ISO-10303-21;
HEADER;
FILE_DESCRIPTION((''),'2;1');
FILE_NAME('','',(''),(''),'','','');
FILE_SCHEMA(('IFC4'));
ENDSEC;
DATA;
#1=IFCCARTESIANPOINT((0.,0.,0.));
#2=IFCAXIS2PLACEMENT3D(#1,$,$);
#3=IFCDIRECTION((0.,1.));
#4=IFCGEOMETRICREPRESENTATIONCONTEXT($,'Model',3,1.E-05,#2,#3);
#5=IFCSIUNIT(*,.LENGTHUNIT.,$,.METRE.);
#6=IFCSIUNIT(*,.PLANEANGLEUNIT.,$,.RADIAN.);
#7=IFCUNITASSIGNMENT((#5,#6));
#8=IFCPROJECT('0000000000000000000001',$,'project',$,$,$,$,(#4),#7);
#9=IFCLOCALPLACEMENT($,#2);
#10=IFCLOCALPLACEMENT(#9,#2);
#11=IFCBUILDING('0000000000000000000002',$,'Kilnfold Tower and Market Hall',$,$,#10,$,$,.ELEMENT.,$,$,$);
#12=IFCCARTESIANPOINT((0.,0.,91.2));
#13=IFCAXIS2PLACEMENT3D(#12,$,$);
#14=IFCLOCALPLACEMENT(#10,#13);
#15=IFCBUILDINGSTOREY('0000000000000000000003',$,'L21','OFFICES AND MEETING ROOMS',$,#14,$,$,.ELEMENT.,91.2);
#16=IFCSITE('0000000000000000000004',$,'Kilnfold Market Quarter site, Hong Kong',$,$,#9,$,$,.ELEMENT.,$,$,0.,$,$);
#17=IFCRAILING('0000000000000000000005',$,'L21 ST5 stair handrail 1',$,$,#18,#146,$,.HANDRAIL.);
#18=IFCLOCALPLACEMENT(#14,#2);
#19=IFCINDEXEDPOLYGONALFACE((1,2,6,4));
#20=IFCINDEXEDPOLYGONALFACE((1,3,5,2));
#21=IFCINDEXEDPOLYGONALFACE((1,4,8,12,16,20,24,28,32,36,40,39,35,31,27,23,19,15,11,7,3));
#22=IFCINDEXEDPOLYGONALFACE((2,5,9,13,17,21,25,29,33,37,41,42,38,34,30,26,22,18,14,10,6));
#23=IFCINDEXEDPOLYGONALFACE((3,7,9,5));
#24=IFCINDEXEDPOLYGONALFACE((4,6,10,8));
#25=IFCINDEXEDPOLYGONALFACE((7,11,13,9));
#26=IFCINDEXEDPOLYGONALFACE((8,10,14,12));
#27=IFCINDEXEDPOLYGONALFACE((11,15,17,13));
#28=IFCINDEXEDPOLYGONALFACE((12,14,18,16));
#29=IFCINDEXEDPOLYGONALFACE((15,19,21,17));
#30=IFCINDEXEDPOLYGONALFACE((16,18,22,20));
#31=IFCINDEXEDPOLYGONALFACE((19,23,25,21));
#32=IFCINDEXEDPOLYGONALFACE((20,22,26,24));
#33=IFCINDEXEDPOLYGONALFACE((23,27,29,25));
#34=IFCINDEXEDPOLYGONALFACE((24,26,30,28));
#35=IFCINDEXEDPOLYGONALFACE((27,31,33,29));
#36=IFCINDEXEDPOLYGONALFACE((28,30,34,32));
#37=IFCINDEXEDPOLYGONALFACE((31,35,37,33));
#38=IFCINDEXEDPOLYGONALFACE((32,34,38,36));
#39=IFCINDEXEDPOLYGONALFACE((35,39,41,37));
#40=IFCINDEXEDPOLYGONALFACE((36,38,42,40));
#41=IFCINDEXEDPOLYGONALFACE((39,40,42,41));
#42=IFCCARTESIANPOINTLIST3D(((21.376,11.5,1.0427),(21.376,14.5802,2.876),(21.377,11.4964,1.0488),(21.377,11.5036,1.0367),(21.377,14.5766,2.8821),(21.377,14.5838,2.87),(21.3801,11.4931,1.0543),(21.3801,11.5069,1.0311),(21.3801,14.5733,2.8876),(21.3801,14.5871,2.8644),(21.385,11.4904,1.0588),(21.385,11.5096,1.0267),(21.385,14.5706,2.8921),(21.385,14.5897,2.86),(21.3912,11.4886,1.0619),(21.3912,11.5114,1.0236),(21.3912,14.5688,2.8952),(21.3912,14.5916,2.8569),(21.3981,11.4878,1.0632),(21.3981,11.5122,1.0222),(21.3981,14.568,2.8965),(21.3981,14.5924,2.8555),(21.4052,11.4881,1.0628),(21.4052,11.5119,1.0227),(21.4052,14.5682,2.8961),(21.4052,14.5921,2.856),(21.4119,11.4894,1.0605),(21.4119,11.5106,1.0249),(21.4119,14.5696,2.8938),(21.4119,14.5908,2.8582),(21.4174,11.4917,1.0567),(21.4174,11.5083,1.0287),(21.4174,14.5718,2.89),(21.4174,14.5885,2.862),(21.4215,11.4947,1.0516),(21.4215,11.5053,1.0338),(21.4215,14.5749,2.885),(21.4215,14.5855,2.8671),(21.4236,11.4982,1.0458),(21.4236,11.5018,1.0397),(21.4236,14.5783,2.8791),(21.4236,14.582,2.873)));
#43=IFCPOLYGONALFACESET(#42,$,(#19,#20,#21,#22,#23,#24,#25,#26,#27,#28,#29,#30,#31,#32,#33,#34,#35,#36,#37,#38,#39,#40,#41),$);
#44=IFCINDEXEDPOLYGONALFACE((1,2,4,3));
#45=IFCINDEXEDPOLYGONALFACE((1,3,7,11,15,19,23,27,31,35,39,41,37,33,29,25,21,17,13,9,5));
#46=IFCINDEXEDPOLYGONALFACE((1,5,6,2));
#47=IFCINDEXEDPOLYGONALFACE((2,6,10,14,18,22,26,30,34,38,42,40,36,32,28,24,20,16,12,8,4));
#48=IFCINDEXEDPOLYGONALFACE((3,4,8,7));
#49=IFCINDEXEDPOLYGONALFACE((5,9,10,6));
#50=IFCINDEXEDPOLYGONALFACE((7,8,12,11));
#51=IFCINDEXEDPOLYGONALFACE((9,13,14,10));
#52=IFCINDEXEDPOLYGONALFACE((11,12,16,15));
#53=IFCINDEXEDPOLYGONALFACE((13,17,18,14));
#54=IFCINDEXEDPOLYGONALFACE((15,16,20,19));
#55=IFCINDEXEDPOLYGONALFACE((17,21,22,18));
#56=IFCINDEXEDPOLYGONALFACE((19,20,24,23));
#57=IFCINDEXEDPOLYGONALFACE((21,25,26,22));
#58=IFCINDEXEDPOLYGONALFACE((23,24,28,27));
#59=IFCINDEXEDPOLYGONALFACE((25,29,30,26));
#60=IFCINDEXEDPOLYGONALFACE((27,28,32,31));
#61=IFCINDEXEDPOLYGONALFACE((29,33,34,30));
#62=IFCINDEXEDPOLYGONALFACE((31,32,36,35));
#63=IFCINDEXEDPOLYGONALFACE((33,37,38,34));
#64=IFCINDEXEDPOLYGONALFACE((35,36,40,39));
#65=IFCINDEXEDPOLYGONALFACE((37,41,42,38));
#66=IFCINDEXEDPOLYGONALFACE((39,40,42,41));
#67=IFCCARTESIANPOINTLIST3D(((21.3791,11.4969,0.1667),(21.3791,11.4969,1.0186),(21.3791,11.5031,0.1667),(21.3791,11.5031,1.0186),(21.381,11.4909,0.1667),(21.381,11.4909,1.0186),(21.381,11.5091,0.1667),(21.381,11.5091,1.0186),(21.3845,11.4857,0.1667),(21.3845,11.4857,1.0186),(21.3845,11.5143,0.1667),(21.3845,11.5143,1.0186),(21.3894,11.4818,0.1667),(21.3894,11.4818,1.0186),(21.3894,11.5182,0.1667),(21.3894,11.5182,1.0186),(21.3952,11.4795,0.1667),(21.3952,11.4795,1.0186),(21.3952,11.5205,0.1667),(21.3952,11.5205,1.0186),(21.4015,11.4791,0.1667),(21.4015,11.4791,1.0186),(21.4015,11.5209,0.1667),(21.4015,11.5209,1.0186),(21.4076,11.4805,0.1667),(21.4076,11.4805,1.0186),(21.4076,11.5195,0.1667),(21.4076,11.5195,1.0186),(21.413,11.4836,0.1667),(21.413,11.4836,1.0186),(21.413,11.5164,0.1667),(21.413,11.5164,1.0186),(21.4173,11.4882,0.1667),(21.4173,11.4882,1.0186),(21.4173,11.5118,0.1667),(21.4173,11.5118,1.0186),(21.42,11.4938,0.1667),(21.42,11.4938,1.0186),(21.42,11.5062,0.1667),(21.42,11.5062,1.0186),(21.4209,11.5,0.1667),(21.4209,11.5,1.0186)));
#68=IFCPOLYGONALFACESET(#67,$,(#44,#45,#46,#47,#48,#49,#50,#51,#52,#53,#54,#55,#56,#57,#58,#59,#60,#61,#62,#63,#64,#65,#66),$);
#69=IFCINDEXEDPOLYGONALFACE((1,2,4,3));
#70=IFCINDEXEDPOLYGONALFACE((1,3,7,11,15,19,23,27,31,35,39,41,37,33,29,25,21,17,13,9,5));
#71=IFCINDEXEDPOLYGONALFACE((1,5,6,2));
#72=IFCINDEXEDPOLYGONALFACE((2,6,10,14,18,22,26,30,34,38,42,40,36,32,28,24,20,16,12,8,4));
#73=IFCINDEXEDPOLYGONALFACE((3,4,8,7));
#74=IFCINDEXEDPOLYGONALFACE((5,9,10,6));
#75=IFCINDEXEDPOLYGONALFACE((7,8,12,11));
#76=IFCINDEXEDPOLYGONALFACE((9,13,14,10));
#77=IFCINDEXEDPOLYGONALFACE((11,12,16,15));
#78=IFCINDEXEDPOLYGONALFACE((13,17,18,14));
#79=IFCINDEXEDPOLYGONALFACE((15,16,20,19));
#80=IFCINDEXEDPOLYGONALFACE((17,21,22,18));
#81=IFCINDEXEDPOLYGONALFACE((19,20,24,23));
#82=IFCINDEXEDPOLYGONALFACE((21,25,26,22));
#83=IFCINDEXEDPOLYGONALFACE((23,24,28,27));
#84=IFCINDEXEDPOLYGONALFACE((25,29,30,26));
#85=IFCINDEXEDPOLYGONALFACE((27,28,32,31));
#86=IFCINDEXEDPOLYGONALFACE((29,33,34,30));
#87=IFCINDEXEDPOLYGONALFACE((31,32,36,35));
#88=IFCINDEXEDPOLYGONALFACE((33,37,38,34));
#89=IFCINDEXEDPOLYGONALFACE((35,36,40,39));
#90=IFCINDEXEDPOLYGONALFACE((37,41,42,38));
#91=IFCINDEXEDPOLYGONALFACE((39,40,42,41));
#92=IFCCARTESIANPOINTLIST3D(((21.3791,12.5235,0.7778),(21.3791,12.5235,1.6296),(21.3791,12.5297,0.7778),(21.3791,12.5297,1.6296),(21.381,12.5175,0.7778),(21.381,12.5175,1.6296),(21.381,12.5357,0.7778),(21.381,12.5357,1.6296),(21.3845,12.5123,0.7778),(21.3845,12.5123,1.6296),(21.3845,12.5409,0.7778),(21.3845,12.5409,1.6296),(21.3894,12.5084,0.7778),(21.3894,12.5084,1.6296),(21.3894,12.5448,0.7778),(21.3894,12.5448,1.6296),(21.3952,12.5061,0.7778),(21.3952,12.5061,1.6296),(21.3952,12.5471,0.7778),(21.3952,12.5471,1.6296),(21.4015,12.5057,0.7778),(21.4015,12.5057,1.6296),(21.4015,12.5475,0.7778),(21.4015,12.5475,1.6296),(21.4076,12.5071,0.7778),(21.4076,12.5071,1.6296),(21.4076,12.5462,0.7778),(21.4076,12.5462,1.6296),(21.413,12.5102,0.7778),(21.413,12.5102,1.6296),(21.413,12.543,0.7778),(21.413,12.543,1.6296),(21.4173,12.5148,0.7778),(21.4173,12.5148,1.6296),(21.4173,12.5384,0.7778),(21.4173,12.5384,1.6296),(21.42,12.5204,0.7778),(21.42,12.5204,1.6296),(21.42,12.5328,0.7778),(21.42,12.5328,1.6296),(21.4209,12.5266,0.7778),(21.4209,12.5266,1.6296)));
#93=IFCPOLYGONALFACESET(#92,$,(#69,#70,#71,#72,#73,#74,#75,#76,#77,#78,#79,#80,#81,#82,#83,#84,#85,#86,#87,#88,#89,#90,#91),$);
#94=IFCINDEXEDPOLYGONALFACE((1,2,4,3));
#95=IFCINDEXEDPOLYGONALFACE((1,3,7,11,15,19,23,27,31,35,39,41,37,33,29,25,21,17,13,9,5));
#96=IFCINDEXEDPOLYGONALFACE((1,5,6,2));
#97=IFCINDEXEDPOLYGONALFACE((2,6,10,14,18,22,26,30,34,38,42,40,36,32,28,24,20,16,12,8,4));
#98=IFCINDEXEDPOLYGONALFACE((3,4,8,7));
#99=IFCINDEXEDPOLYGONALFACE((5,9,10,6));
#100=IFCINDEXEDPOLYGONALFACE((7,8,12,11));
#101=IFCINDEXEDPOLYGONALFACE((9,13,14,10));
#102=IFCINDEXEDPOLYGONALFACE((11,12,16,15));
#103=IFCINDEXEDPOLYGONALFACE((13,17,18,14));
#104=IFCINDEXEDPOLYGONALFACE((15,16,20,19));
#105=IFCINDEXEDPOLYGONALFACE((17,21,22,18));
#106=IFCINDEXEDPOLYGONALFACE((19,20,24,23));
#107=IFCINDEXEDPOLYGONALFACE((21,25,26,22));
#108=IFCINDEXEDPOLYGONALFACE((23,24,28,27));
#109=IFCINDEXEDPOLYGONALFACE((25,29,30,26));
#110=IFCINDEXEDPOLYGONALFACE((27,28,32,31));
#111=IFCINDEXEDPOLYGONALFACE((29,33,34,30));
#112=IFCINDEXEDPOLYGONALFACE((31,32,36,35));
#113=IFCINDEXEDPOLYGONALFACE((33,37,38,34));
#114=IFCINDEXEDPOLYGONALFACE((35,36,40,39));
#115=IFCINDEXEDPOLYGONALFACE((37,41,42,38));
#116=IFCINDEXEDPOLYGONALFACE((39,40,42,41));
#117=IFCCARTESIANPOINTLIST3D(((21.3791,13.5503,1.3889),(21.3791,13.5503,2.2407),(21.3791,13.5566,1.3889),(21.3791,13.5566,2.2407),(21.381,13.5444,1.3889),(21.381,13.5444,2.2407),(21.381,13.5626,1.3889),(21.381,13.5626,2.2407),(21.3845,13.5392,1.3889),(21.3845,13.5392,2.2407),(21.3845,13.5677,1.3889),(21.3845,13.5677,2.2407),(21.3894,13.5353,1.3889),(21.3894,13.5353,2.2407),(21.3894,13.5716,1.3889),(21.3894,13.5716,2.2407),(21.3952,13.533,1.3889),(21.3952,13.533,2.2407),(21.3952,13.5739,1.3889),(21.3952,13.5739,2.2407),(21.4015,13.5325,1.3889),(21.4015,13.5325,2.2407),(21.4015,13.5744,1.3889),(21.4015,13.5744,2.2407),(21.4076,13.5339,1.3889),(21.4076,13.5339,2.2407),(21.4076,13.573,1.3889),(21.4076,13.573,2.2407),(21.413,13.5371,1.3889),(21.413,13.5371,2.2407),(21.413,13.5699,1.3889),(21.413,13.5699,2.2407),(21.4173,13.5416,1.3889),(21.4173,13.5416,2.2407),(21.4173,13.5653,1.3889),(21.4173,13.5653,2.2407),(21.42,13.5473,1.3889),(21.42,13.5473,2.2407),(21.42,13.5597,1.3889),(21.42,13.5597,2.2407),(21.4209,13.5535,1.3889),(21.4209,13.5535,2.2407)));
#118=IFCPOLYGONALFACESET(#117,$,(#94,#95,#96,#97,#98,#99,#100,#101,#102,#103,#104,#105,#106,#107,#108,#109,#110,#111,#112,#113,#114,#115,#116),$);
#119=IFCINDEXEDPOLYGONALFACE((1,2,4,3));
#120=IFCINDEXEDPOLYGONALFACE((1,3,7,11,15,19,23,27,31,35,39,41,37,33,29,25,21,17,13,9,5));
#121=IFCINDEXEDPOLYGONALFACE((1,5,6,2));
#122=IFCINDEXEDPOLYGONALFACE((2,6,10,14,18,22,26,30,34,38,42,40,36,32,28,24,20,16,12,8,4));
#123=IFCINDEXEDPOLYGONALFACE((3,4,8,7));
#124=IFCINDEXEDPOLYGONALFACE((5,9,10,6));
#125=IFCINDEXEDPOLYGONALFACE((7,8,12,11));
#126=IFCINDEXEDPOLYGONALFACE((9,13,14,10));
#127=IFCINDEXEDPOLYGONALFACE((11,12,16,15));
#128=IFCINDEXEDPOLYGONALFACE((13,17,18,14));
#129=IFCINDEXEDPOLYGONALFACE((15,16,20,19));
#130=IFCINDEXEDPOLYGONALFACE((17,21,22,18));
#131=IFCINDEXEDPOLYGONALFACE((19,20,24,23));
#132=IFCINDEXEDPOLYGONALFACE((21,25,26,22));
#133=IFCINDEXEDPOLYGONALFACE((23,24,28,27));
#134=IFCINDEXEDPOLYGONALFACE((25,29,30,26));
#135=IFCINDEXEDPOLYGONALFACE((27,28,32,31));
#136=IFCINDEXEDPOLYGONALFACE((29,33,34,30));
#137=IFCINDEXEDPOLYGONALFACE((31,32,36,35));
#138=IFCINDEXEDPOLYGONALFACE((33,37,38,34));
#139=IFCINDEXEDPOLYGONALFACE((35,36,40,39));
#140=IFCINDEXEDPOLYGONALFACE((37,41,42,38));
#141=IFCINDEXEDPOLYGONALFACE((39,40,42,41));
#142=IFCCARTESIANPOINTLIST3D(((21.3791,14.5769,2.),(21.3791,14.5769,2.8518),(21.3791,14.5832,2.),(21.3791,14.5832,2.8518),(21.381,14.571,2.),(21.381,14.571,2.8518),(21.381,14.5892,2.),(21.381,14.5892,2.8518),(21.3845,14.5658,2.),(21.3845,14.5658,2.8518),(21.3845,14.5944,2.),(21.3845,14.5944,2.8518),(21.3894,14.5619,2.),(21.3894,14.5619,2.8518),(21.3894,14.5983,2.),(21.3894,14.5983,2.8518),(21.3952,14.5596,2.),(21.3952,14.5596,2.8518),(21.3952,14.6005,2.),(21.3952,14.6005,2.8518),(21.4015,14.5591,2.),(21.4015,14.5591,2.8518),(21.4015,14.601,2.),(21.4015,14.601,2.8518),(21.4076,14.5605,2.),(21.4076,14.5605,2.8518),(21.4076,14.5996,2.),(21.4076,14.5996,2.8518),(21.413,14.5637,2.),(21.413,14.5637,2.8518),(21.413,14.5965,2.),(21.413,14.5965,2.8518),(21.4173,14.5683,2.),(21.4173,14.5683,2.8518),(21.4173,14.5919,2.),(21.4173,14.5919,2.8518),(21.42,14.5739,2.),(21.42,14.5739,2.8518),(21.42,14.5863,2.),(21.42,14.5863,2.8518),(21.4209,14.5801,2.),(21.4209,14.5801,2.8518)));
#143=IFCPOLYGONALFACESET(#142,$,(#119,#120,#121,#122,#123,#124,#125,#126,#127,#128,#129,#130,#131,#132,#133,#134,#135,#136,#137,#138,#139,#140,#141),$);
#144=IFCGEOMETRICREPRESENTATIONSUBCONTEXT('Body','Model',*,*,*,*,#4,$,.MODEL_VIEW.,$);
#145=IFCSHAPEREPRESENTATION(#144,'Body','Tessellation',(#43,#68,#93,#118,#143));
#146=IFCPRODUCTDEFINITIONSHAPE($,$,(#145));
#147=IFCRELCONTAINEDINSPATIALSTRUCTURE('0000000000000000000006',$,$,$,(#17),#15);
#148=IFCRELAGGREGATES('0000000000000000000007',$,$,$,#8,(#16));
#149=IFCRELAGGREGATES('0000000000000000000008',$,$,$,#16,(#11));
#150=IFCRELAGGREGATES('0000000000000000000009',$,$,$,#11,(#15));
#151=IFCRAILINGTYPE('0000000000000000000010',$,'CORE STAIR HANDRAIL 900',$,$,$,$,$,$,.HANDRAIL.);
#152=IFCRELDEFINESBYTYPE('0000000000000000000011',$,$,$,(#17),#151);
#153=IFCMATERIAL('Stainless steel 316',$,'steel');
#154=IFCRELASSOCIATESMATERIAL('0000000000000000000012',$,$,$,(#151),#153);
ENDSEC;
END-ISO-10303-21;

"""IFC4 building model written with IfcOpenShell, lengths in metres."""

from ifc_helpers import new_model, si_unit, direction, frame, origin, origin_2d, place, context, subcontext, project, spatial, circle, extrude, material, type_object, element, save


model = new_model("IFC4")

# Units and contexts
model_context = context("Model", 3, precision=1e-05, world=origin(), true_north=direction((0.0, 1.0)))
body_context = subcontext(model_context, "Body", "Model", "MODEL_VIEW")
ifc_project = project(units=[si_unit("LENGTHUNIT", "METRE"), si_unit("PLANEANGLEUNIT", "RADIAN")], contexts=[model_context])

# Site, building, storey
site_placement = place(None, origin())
site = spatial("IfcSite", under=ifc_project, at=site_placement, Name="Kilnfold Market Quarter site, Hong Kong", CompositionType="ELEMENT", RefElevation=0.0)
building_placement = place(site_placement, origin())
building = spatial("IfcBuilding", under=site, at=building_placement, Name="Kilnfold Tower and Market Hall", CompositionType="ELEMENT")
storey_placement = place(building_placement, frame((0.0, 0.0, 91.2)))
storey = spatial("IfcBuildingStorey", under=building, at=storey_placement, Name="L21", Description="OFFICES AND MEETING ROOMS", CompositionType="ELEMENT", Elevation=91.2)

# Railing
ifc_material_1 = material(Name="Stainless steel 316", Category="steel")
railing_type_1 = type_object("IfcRailingType", Name="CORE STAIR HANDRAIL 900", PredefinedType="HANDRAIL", material=ifc_material_1)
railing_1_placement = place(storey_placement, frame((21.3999, 11.5, 0.1667)))
element("IfcRailing", 1, at=railing_1_placement, inside=storey, type_object=railing_type_1, Name="L21 ST5 stair handrail 1", PredefinedType="HANDRAIL", context=body_context, shape_type="SweptSolid", body=[
    extrude(circle(Radius=0.0239, at=origin_2d()), frame((0.0, 0.0, 0.876), z_axis=(0.0, 0.859309, 0.511458), x_axis=(-1.0, 0.0, 0.0)), (0.0, 0.0, 1.0), 3.5845),
    extrude(circle(Radius=0.021, at=origin_2d()), origin(), (0.0, 0.0, 1.0), 0.8518),
    extrude(circle(Radius=0.021, at=origin_2d()), frame((0.0, 1.0266, 0.6111)), (0.0, 0.0, 1.0), 0.8518),
    extrude(circle(Radius=0.021, at=origin_2d()), frame((0.0, 2.0535, 1.2222)), (0.0, 0.0, 1.0), 0.8518),
    extrude(circle(Radius=0.021, at=origin_2d()), frame((0.0, 3.0801, 1.8333)), (0.0, 0.0, 1.0), 0.8518),
])

save(model, "model.ifc")
